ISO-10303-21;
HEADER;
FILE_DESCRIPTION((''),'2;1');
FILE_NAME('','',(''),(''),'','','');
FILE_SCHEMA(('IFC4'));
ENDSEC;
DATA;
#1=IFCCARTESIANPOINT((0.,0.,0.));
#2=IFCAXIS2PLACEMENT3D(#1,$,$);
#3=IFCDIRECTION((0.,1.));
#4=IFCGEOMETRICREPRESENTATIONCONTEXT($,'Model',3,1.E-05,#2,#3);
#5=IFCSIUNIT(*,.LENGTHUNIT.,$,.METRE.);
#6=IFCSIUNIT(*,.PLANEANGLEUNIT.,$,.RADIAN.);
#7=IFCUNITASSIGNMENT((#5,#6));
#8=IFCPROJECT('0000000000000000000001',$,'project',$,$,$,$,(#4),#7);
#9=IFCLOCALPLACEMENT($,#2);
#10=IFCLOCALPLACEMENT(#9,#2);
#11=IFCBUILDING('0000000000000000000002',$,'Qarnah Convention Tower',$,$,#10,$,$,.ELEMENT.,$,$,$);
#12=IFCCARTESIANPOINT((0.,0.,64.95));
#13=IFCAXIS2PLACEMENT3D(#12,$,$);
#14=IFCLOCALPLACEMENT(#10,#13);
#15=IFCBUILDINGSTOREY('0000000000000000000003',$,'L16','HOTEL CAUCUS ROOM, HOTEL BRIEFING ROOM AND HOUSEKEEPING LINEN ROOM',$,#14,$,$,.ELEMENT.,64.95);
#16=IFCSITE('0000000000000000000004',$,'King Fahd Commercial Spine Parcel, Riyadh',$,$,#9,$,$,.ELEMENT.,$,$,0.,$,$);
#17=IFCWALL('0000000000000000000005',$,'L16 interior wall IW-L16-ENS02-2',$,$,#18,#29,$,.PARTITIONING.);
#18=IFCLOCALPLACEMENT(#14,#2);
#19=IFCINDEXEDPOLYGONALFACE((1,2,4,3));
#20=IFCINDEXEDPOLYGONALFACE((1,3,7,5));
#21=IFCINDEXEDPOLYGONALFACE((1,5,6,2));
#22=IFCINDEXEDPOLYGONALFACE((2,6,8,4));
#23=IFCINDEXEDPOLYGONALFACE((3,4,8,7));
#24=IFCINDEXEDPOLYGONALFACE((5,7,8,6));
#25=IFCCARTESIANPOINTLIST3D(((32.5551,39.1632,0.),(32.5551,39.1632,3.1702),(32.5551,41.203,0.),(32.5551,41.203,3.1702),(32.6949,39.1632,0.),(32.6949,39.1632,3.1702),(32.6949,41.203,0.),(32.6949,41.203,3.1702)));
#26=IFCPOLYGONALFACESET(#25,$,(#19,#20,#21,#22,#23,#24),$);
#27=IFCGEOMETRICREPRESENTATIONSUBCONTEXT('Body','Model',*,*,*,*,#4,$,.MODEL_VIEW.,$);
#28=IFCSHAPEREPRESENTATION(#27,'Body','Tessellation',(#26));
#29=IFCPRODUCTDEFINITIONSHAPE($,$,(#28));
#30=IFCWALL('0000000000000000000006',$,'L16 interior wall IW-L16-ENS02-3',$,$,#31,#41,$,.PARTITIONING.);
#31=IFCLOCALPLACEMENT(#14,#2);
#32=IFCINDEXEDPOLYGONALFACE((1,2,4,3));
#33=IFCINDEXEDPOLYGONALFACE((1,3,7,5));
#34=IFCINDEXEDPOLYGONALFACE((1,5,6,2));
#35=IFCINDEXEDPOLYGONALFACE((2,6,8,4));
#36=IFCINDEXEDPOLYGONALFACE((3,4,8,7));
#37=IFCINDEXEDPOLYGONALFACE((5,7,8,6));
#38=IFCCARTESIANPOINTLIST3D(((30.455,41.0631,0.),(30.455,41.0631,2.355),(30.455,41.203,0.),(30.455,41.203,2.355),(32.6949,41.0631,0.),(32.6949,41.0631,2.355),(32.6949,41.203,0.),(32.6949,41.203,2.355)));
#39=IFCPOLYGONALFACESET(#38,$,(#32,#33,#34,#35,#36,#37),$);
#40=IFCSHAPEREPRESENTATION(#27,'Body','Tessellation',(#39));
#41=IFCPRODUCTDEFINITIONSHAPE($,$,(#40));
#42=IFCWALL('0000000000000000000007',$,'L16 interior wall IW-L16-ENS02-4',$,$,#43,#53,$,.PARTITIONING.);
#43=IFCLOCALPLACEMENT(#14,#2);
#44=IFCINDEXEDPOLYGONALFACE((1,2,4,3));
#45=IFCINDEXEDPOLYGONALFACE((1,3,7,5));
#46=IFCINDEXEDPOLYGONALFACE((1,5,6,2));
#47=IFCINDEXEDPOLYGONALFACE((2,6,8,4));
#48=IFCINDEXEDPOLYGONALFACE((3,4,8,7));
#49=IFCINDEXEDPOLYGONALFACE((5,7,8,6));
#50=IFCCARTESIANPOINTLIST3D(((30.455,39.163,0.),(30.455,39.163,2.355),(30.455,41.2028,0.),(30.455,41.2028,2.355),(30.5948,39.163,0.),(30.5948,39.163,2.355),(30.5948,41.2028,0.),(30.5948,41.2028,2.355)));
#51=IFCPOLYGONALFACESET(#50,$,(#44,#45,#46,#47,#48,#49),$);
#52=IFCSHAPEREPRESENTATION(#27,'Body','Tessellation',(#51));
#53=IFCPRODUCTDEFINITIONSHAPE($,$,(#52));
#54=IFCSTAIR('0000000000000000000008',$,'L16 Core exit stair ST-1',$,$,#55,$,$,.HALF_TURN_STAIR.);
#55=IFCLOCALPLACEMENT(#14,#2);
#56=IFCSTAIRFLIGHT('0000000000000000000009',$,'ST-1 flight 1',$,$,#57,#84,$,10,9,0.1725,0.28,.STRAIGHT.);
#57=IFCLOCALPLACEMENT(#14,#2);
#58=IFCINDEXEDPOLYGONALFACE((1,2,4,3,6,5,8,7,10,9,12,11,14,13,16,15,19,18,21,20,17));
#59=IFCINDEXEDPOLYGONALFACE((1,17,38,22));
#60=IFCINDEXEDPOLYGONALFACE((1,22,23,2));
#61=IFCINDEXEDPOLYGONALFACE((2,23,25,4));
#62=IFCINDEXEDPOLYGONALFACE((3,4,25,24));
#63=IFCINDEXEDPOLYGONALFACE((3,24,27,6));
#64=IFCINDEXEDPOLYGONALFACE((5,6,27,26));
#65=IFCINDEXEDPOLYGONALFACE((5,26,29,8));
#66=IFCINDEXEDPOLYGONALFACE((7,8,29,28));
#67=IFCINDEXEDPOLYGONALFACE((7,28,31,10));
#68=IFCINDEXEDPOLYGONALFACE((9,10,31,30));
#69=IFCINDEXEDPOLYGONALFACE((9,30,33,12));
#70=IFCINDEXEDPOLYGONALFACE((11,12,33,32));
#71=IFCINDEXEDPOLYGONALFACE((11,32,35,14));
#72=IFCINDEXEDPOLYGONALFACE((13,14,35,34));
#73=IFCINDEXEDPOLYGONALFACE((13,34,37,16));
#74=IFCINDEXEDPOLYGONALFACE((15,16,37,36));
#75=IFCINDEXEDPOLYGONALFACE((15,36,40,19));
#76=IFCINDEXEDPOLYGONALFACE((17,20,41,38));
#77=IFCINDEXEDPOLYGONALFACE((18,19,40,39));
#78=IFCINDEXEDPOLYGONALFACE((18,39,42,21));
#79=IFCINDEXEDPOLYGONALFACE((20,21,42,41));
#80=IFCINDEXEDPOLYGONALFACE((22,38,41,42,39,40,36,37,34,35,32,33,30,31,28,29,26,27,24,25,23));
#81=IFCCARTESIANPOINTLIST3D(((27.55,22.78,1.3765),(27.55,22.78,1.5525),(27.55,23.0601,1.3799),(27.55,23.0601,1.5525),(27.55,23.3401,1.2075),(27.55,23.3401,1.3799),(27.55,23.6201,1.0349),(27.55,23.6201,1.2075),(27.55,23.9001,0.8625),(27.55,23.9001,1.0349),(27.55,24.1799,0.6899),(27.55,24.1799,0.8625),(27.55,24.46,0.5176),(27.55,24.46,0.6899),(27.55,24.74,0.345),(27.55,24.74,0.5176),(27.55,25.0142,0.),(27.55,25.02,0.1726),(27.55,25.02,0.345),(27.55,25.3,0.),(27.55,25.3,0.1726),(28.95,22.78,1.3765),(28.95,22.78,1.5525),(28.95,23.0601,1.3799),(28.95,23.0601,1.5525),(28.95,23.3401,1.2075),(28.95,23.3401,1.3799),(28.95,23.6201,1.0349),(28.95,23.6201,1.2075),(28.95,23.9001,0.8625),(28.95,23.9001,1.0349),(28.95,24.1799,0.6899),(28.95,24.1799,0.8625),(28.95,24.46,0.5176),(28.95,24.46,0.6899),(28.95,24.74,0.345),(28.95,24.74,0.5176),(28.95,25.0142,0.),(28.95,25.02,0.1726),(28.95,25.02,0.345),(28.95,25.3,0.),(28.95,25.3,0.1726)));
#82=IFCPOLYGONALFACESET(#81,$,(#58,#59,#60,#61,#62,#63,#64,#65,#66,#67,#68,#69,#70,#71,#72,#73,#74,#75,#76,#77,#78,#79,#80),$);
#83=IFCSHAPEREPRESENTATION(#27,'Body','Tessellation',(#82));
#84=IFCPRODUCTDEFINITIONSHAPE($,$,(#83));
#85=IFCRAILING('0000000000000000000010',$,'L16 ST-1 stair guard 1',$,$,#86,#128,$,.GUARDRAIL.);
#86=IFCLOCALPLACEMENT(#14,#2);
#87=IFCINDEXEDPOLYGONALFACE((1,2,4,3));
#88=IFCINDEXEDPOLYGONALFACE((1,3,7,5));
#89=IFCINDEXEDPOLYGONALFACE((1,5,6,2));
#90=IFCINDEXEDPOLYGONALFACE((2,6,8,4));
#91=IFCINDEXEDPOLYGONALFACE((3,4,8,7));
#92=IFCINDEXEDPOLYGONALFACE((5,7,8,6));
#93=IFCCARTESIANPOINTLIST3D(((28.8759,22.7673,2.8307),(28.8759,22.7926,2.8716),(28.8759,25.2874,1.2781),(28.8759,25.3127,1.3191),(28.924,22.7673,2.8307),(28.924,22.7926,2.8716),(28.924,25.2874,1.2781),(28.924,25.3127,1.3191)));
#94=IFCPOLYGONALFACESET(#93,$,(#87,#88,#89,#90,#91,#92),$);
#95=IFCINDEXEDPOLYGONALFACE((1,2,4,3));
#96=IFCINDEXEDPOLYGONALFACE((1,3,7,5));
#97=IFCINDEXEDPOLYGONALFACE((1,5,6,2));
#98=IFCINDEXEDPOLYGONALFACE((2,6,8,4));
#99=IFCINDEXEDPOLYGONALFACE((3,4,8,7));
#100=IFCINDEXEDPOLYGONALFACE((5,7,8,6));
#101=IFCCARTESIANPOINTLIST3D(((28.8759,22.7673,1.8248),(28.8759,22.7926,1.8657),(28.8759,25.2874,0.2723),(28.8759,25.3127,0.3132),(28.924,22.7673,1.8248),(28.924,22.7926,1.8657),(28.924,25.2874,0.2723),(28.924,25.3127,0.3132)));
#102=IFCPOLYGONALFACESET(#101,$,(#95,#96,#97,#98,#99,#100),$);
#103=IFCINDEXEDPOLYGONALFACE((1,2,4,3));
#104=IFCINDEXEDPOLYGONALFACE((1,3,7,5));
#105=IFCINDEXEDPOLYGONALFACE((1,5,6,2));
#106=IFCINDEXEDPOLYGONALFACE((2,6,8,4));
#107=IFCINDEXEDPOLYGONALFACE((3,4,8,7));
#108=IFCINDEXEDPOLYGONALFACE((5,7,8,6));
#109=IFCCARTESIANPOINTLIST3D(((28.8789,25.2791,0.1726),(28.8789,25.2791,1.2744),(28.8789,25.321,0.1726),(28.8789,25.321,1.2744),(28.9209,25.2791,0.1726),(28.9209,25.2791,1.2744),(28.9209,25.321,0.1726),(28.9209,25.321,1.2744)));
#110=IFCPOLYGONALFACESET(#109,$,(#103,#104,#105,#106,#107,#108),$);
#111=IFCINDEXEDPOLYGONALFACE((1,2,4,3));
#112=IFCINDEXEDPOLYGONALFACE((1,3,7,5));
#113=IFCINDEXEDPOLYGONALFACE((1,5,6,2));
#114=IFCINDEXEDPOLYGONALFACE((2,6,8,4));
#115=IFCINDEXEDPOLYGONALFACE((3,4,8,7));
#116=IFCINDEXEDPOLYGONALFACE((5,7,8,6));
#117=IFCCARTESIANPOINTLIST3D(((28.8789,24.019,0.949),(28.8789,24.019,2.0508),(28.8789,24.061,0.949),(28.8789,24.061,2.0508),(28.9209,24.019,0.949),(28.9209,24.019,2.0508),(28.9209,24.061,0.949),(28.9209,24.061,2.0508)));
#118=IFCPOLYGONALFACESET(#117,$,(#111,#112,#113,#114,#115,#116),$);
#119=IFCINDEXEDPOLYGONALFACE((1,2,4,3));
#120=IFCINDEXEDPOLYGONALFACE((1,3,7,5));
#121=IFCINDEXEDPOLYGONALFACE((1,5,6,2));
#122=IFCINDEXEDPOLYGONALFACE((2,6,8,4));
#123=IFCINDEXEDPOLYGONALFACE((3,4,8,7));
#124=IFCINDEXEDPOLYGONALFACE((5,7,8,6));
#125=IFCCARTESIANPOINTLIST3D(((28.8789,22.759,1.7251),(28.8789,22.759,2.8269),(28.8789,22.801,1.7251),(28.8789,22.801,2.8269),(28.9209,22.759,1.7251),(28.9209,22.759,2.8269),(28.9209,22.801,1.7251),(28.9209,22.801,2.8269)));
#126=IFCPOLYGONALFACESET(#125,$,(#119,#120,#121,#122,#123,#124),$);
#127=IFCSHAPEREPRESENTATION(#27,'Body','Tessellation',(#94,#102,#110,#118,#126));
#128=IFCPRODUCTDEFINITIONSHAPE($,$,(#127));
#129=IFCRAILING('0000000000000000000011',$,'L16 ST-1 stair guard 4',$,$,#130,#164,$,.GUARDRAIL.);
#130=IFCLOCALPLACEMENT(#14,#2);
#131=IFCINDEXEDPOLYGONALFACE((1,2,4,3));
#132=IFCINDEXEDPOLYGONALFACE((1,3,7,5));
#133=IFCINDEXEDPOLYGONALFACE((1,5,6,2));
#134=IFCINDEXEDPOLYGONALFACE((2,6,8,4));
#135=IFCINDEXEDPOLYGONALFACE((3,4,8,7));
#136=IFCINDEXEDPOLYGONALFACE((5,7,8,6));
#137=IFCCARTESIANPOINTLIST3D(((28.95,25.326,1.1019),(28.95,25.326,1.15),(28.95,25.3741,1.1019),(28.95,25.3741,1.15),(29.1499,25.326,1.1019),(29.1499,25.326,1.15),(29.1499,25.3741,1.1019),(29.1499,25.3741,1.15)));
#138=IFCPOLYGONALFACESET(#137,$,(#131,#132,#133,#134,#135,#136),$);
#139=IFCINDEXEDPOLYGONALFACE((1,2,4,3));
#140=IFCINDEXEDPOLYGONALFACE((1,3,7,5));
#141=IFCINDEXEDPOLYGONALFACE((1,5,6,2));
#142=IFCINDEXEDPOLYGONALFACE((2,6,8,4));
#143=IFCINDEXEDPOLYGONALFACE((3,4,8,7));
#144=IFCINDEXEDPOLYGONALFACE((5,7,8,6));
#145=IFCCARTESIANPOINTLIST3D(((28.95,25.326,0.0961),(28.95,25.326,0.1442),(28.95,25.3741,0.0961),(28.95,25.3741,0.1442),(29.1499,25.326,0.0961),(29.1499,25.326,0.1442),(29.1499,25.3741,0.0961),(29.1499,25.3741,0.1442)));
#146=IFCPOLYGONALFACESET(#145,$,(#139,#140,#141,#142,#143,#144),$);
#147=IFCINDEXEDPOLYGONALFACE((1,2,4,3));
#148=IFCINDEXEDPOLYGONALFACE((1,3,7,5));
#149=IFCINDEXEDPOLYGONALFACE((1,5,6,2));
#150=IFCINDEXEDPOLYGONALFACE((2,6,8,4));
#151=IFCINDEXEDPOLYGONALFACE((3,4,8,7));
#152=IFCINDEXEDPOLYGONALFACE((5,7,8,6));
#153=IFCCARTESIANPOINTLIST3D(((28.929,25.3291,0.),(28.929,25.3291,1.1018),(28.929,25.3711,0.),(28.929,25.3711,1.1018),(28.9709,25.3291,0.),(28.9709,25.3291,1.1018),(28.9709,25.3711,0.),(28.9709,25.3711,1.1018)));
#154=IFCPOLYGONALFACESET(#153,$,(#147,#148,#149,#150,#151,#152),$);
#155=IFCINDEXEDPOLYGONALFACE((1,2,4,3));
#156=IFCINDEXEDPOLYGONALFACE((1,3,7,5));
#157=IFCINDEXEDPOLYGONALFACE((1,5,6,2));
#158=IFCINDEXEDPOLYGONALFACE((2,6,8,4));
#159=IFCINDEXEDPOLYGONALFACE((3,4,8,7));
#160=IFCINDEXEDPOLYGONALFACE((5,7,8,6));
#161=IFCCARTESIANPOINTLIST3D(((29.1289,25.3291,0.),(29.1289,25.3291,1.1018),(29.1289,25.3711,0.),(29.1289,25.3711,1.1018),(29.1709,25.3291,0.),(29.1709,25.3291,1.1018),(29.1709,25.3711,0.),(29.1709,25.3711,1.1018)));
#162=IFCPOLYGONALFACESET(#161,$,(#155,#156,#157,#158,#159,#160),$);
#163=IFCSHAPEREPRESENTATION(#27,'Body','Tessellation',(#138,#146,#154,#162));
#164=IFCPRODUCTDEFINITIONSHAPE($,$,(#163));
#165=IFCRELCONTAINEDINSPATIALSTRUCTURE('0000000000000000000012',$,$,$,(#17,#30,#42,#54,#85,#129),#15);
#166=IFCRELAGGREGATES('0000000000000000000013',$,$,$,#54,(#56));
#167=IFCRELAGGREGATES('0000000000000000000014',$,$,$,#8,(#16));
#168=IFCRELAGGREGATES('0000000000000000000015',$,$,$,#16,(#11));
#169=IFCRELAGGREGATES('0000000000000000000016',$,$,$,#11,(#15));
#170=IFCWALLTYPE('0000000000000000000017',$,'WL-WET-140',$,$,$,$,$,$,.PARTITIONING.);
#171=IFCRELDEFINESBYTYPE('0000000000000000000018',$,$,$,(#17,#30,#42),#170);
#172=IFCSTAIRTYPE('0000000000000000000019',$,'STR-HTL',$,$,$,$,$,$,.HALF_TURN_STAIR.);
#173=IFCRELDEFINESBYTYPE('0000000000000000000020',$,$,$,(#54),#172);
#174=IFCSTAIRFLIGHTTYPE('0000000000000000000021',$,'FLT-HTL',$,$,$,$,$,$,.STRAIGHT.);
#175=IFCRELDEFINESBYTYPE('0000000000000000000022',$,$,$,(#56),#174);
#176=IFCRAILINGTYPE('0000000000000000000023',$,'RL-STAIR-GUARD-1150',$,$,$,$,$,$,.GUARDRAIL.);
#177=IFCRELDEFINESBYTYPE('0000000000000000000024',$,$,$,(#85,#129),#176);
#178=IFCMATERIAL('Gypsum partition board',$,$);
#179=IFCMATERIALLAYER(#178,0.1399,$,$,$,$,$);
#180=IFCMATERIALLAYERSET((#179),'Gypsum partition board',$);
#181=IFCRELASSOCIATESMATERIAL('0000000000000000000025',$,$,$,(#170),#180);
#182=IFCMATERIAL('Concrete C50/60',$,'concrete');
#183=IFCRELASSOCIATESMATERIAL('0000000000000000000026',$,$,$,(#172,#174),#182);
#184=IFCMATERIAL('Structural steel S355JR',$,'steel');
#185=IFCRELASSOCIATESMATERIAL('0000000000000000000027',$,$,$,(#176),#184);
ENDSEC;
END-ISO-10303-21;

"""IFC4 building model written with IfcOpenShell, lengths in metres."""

from ifc_helpers import new_model, si_unit, direction, frame, frame_2d, origin, origin_2d, place, context, subcontext, project, spatial, polyline, rectangle, outline, extrude, material, layer, layer_set, type_object, element, aggregate, save


model = new_model("IFC4")

# Units and contexts
model_context = context("Model", 3, precision=1e-05, world=origin(), true_north=direction((0.0, 1.0)))
body_context = subcontext(model_context, "Body", "Model", "MODEL_VIEW")
ifc_project = project(units=[si_unit("LENGTHUNIT", "METRE"), si_unit("PLANEANGLEUNIT", "RADIAN")], contexts=[model_context])

# Site, building, storey
site_placement = place(None, origin())
site = spatial("IfcSite", under=ifc_project, at=site_placement, Name="King Fahd Commercial Spine Parcel, Riyadh", CompositionType="ELEMENT", RefElevation=0.0)
building_placement = place(site_placement, origin())
building = spatial("IfcBuilding", under=site, at=building_placement, Name="Qarnah Convention Tower", CompositionType="ELEMENT")
storey_placement = place(building_placement, frame((0.0, 0.0, 64.95)))
storey = spatial("IfcBuildingStorey", under=building, at=storey_placement, Name="L16", Description="HOTEL CAUCUS ROOM, HOTEL BRIEFING ROOM AND HOUSEKEEPING LINEN ROOM", CompositionType="ELEMENT", Elevation=64.95)

# Shared definitions
ifc_material_1 = material(Name="Structural steel S355JR", Category="steel")

# Shared definitions
ifc_material_2 = material(Name="Gypsum partition board")

# Shared definitions
ifc_layer_1 = layer(ifc_material_2, 0.1399)
ifc_layer_set_1 = layer_set([ifc_layer_1], Name="Gypsum partition board")
wall_type_1 = type_object("IfcWallType", Name="WL-WET-140", PredefinedType="PARTITIONING", material=ifc_layer_set_1)

# Walls
wall_1_placement = place(storey_placement, frame((32.625, 39.1631, 0.0), z_axis=(0.0, 0.0, 1.0), x_axis=(0.0, 1.0, 0.0)))
element("IfcWall", 1, at=wall_1_placement, inside=storey, type_object=wall_type_1, Name="L16 interior wall IW-L16-ENS02-2", PredefinedType="PARTITIONING", context=body_context, shape_type="SweptSolid", body=[
    extrude(rectangle(XDim=2.0398, YDim=0.1399, at=frame_2d((1.02, 0.0))), origin(), (0.0, 0.0, 1.0), 3.1702),
])
wall_2_placement = place(storey_placement, frame((32.6951, 41.1331, 0.0), z_axis=(0.0, 0.0, 1.0), x_axis=(-1.0, 0.0, 0.0)))
element("IfcWall", 2, at=wall_2_placement, inside=storey, type_object=wall_type_1, Name="L16 interior wall IW-L16-ENS02-3", PredefinedType="PARTITIONING", context=body_context, shape_type="SweptSolid", body=[
    extrude(rectangle(XDim=2.24, YDim=0.1399, at=frame_2d((1.1201, 0.0))), origin(), (0.0, 0.0, 1.0), 2.355),
])
wall_3_placement = place(storey_placement, frame((30.5249, 41.2029, 0.0), z_axis=(0.0, 0.0, 1.0), x_axis=(0.0, -1.0, 0.0)))
element("IfcWall", 3, at=wall_3_placement, inside=storey, type_object=wall_type_1, Name="L16 interior wall IW-L16-ENS02-4", PredefinedType="PARTITIONING", context=body_context, shape_type="SweptSolid", body=[
    extrude(rectangle(XDim=2.0398, YDim=0.1399, at=frame_2d((1.02, 0.0))), origin(), (0.0, 0.0, 1.0), 2.355),
])

# Stair, stair flight
ifc_material_3 = material(Name="Concrete C50/60", Category="concrete")
stair_type = type_object("IfcStairType", Name="STR-HTL", PredefinedType="HALF_TURN_STAIR", material=ifc_material_3)
stair_placement = place(storey_placement, origin())
stair = element("IfcStair", 4, at=stair_placement, inside=storey, type_object=stair_type, Name="L16 Core exit stair ST-1", PredefinedType="HALF_TURN_STAIR")
stair_flight_type = type_object("IfcStairFlightType", Name="FLT-HTL", PredefinedType="STRAIGHT", material=ifc_material_3)
stair_flight_placement = place(storey_placement, frame((28.25, 25.3, 0.0), z_axis=(0.0, 0.0, 1.0), x_axis=(0.0, -1.0, 0.0)))
stair_flight = element("IfcStairFlight", 5, at=stair_flight_placement, type_object=stair_flight_type, Name="ST-1 flight 1", NumberOfRisers=10, NumberOfTreads=9, PredefinedType="STRAIGHT", RiserHeight=0.1725, TreadLength=0.28, context=body_context, shape_type="SweptSolid", body=[
    extrude(outline(polyline([(0.0, 0.0), (0.0, 0.1726), (0.28, 0.1726), (0.28, 0.345), (0.5601, 0.345), (0.5601, 0.5176), (0.8401, 0.5176), (0.8401, 0.6899), (1.1201, 0.6899), (1.1201, 0.8625), (1.3999, 0.8625), (1.3999, 1.0349), (1.6799, 1.0349), (1.6799, 1.2075), (1.96, 1.2075), (1.96, 1.3799), (2.24, 1.3799), (2.24, 1.5525), (2.52, 1.5525), (2.52, 1.7251), (2.52, 1.3765), (0.2859, 0.0), (0.0, 0.0)])), frame((0.0, 0.7, 0.0), z_axis=(0.0, -1.0, 0.0), x_axis=(1.0, 0.0, 0.0)), (0.0, 0.0, 1.0), 1.3999),
])
aggregate(stair, [stair_flight])

# Railings
railing_type = type_object("IfcRailingType", Name="RL-STAIR-GUARD-1150", PredefinedType="GUARDRAIL", material=ifc_material_1)
railing_1_placement = place(storey_placement, frame((28.8999, 25.3, 0.1726)))
element("IfcRailing", 6, at=railing_1_placement, inside=storey, type_object=railing_type, Name="L16 ST-1 stair guard 1", PredefinedType="GUARDRAIL", context=body_context, shape_type="SweptSolid", body=[
    extrude(rectangle(XDim=0.0481, YDim=0.0481, at=origin_2d()), frame((0.0, 0.0, 1.126), z_axis=(0.0, -0.8514, 0.524516), x_axis=(1.0, 0.0, 0.0)), (0.0, 0.0, 1.0), 2.96),
    extrude(rectangle(XDim=0.0481, YDim=0.0481, at=origin_2d()), frame((0.0, 0.0, 0.1201), z_axis=(0.0, -0.8514, 0.524516), x_axis=(1.0, 0.0, 0.0)), (0.0, 0.0, 1.0), 2.96),
    extrude(rectangle(XDim=0.042, YDim=0.042, at=origin_2d()), origin(), (0.0, 0.0, 1.0), 1.1018),
    extrude(rectangle(XDim=0.042, YDim=0.042, at=origin_2d()), frame((0.0, -1.26, 0.7764)), (0.0, 0.0, 1.0), 1.1018),
    extrude(rectangle(XDim=0.042, YDim=0.042, at=origin_2d()), frame((0.0, -2.52, 1.5525)), (0.0, 0.0, 1.0), 1.1018),
])
railing_2_placement = place(storey_placement, frame((28.95, 25.3501, 0.0)))
element("IfcRailing", 7, at=railing_2_placement, inside=storey, type_object=railing_type, Name="L16 ST-1 stair guard 4", PredefinedType="GUARDRAIL", context=body_context, shape_type="SweptSolid", body=[
    extrude(rectangle(XDim=0.0481, YDim=0.0481, at=origin_2d()), frame((0.0, 0.0, 1.126), z_axis=(1.0, 0.0, 0.0), x_axis=(0.0, 1.0, 0.0)), (0.0, 0.0, 1.0), 0.2),
    extrude(rectangle(XDim=0.0481, YDim=0.0481, at=origin_2d()), frame((0.0, 0.0, 0.1201), z_axis=(1.0, 0.0, 0.0), x_axis=(0.0, 1.0, 0.0)), (0.0, 0.0, 1.0), 0.2),
    extrude(rectangle(XDim=0.042, YDim=0.042, at=origin_2d()), origin(), (0.0, 0.0, 1.0), 1.1018),
    extrude(rectangle(XDim=0.042, YDim=0.042, at=origin_2d()), frame((0.2, 0.0, 0.0)), (0.0, 0.0, 1.0), 1.1018),
])

save(model, "model.ifc")
